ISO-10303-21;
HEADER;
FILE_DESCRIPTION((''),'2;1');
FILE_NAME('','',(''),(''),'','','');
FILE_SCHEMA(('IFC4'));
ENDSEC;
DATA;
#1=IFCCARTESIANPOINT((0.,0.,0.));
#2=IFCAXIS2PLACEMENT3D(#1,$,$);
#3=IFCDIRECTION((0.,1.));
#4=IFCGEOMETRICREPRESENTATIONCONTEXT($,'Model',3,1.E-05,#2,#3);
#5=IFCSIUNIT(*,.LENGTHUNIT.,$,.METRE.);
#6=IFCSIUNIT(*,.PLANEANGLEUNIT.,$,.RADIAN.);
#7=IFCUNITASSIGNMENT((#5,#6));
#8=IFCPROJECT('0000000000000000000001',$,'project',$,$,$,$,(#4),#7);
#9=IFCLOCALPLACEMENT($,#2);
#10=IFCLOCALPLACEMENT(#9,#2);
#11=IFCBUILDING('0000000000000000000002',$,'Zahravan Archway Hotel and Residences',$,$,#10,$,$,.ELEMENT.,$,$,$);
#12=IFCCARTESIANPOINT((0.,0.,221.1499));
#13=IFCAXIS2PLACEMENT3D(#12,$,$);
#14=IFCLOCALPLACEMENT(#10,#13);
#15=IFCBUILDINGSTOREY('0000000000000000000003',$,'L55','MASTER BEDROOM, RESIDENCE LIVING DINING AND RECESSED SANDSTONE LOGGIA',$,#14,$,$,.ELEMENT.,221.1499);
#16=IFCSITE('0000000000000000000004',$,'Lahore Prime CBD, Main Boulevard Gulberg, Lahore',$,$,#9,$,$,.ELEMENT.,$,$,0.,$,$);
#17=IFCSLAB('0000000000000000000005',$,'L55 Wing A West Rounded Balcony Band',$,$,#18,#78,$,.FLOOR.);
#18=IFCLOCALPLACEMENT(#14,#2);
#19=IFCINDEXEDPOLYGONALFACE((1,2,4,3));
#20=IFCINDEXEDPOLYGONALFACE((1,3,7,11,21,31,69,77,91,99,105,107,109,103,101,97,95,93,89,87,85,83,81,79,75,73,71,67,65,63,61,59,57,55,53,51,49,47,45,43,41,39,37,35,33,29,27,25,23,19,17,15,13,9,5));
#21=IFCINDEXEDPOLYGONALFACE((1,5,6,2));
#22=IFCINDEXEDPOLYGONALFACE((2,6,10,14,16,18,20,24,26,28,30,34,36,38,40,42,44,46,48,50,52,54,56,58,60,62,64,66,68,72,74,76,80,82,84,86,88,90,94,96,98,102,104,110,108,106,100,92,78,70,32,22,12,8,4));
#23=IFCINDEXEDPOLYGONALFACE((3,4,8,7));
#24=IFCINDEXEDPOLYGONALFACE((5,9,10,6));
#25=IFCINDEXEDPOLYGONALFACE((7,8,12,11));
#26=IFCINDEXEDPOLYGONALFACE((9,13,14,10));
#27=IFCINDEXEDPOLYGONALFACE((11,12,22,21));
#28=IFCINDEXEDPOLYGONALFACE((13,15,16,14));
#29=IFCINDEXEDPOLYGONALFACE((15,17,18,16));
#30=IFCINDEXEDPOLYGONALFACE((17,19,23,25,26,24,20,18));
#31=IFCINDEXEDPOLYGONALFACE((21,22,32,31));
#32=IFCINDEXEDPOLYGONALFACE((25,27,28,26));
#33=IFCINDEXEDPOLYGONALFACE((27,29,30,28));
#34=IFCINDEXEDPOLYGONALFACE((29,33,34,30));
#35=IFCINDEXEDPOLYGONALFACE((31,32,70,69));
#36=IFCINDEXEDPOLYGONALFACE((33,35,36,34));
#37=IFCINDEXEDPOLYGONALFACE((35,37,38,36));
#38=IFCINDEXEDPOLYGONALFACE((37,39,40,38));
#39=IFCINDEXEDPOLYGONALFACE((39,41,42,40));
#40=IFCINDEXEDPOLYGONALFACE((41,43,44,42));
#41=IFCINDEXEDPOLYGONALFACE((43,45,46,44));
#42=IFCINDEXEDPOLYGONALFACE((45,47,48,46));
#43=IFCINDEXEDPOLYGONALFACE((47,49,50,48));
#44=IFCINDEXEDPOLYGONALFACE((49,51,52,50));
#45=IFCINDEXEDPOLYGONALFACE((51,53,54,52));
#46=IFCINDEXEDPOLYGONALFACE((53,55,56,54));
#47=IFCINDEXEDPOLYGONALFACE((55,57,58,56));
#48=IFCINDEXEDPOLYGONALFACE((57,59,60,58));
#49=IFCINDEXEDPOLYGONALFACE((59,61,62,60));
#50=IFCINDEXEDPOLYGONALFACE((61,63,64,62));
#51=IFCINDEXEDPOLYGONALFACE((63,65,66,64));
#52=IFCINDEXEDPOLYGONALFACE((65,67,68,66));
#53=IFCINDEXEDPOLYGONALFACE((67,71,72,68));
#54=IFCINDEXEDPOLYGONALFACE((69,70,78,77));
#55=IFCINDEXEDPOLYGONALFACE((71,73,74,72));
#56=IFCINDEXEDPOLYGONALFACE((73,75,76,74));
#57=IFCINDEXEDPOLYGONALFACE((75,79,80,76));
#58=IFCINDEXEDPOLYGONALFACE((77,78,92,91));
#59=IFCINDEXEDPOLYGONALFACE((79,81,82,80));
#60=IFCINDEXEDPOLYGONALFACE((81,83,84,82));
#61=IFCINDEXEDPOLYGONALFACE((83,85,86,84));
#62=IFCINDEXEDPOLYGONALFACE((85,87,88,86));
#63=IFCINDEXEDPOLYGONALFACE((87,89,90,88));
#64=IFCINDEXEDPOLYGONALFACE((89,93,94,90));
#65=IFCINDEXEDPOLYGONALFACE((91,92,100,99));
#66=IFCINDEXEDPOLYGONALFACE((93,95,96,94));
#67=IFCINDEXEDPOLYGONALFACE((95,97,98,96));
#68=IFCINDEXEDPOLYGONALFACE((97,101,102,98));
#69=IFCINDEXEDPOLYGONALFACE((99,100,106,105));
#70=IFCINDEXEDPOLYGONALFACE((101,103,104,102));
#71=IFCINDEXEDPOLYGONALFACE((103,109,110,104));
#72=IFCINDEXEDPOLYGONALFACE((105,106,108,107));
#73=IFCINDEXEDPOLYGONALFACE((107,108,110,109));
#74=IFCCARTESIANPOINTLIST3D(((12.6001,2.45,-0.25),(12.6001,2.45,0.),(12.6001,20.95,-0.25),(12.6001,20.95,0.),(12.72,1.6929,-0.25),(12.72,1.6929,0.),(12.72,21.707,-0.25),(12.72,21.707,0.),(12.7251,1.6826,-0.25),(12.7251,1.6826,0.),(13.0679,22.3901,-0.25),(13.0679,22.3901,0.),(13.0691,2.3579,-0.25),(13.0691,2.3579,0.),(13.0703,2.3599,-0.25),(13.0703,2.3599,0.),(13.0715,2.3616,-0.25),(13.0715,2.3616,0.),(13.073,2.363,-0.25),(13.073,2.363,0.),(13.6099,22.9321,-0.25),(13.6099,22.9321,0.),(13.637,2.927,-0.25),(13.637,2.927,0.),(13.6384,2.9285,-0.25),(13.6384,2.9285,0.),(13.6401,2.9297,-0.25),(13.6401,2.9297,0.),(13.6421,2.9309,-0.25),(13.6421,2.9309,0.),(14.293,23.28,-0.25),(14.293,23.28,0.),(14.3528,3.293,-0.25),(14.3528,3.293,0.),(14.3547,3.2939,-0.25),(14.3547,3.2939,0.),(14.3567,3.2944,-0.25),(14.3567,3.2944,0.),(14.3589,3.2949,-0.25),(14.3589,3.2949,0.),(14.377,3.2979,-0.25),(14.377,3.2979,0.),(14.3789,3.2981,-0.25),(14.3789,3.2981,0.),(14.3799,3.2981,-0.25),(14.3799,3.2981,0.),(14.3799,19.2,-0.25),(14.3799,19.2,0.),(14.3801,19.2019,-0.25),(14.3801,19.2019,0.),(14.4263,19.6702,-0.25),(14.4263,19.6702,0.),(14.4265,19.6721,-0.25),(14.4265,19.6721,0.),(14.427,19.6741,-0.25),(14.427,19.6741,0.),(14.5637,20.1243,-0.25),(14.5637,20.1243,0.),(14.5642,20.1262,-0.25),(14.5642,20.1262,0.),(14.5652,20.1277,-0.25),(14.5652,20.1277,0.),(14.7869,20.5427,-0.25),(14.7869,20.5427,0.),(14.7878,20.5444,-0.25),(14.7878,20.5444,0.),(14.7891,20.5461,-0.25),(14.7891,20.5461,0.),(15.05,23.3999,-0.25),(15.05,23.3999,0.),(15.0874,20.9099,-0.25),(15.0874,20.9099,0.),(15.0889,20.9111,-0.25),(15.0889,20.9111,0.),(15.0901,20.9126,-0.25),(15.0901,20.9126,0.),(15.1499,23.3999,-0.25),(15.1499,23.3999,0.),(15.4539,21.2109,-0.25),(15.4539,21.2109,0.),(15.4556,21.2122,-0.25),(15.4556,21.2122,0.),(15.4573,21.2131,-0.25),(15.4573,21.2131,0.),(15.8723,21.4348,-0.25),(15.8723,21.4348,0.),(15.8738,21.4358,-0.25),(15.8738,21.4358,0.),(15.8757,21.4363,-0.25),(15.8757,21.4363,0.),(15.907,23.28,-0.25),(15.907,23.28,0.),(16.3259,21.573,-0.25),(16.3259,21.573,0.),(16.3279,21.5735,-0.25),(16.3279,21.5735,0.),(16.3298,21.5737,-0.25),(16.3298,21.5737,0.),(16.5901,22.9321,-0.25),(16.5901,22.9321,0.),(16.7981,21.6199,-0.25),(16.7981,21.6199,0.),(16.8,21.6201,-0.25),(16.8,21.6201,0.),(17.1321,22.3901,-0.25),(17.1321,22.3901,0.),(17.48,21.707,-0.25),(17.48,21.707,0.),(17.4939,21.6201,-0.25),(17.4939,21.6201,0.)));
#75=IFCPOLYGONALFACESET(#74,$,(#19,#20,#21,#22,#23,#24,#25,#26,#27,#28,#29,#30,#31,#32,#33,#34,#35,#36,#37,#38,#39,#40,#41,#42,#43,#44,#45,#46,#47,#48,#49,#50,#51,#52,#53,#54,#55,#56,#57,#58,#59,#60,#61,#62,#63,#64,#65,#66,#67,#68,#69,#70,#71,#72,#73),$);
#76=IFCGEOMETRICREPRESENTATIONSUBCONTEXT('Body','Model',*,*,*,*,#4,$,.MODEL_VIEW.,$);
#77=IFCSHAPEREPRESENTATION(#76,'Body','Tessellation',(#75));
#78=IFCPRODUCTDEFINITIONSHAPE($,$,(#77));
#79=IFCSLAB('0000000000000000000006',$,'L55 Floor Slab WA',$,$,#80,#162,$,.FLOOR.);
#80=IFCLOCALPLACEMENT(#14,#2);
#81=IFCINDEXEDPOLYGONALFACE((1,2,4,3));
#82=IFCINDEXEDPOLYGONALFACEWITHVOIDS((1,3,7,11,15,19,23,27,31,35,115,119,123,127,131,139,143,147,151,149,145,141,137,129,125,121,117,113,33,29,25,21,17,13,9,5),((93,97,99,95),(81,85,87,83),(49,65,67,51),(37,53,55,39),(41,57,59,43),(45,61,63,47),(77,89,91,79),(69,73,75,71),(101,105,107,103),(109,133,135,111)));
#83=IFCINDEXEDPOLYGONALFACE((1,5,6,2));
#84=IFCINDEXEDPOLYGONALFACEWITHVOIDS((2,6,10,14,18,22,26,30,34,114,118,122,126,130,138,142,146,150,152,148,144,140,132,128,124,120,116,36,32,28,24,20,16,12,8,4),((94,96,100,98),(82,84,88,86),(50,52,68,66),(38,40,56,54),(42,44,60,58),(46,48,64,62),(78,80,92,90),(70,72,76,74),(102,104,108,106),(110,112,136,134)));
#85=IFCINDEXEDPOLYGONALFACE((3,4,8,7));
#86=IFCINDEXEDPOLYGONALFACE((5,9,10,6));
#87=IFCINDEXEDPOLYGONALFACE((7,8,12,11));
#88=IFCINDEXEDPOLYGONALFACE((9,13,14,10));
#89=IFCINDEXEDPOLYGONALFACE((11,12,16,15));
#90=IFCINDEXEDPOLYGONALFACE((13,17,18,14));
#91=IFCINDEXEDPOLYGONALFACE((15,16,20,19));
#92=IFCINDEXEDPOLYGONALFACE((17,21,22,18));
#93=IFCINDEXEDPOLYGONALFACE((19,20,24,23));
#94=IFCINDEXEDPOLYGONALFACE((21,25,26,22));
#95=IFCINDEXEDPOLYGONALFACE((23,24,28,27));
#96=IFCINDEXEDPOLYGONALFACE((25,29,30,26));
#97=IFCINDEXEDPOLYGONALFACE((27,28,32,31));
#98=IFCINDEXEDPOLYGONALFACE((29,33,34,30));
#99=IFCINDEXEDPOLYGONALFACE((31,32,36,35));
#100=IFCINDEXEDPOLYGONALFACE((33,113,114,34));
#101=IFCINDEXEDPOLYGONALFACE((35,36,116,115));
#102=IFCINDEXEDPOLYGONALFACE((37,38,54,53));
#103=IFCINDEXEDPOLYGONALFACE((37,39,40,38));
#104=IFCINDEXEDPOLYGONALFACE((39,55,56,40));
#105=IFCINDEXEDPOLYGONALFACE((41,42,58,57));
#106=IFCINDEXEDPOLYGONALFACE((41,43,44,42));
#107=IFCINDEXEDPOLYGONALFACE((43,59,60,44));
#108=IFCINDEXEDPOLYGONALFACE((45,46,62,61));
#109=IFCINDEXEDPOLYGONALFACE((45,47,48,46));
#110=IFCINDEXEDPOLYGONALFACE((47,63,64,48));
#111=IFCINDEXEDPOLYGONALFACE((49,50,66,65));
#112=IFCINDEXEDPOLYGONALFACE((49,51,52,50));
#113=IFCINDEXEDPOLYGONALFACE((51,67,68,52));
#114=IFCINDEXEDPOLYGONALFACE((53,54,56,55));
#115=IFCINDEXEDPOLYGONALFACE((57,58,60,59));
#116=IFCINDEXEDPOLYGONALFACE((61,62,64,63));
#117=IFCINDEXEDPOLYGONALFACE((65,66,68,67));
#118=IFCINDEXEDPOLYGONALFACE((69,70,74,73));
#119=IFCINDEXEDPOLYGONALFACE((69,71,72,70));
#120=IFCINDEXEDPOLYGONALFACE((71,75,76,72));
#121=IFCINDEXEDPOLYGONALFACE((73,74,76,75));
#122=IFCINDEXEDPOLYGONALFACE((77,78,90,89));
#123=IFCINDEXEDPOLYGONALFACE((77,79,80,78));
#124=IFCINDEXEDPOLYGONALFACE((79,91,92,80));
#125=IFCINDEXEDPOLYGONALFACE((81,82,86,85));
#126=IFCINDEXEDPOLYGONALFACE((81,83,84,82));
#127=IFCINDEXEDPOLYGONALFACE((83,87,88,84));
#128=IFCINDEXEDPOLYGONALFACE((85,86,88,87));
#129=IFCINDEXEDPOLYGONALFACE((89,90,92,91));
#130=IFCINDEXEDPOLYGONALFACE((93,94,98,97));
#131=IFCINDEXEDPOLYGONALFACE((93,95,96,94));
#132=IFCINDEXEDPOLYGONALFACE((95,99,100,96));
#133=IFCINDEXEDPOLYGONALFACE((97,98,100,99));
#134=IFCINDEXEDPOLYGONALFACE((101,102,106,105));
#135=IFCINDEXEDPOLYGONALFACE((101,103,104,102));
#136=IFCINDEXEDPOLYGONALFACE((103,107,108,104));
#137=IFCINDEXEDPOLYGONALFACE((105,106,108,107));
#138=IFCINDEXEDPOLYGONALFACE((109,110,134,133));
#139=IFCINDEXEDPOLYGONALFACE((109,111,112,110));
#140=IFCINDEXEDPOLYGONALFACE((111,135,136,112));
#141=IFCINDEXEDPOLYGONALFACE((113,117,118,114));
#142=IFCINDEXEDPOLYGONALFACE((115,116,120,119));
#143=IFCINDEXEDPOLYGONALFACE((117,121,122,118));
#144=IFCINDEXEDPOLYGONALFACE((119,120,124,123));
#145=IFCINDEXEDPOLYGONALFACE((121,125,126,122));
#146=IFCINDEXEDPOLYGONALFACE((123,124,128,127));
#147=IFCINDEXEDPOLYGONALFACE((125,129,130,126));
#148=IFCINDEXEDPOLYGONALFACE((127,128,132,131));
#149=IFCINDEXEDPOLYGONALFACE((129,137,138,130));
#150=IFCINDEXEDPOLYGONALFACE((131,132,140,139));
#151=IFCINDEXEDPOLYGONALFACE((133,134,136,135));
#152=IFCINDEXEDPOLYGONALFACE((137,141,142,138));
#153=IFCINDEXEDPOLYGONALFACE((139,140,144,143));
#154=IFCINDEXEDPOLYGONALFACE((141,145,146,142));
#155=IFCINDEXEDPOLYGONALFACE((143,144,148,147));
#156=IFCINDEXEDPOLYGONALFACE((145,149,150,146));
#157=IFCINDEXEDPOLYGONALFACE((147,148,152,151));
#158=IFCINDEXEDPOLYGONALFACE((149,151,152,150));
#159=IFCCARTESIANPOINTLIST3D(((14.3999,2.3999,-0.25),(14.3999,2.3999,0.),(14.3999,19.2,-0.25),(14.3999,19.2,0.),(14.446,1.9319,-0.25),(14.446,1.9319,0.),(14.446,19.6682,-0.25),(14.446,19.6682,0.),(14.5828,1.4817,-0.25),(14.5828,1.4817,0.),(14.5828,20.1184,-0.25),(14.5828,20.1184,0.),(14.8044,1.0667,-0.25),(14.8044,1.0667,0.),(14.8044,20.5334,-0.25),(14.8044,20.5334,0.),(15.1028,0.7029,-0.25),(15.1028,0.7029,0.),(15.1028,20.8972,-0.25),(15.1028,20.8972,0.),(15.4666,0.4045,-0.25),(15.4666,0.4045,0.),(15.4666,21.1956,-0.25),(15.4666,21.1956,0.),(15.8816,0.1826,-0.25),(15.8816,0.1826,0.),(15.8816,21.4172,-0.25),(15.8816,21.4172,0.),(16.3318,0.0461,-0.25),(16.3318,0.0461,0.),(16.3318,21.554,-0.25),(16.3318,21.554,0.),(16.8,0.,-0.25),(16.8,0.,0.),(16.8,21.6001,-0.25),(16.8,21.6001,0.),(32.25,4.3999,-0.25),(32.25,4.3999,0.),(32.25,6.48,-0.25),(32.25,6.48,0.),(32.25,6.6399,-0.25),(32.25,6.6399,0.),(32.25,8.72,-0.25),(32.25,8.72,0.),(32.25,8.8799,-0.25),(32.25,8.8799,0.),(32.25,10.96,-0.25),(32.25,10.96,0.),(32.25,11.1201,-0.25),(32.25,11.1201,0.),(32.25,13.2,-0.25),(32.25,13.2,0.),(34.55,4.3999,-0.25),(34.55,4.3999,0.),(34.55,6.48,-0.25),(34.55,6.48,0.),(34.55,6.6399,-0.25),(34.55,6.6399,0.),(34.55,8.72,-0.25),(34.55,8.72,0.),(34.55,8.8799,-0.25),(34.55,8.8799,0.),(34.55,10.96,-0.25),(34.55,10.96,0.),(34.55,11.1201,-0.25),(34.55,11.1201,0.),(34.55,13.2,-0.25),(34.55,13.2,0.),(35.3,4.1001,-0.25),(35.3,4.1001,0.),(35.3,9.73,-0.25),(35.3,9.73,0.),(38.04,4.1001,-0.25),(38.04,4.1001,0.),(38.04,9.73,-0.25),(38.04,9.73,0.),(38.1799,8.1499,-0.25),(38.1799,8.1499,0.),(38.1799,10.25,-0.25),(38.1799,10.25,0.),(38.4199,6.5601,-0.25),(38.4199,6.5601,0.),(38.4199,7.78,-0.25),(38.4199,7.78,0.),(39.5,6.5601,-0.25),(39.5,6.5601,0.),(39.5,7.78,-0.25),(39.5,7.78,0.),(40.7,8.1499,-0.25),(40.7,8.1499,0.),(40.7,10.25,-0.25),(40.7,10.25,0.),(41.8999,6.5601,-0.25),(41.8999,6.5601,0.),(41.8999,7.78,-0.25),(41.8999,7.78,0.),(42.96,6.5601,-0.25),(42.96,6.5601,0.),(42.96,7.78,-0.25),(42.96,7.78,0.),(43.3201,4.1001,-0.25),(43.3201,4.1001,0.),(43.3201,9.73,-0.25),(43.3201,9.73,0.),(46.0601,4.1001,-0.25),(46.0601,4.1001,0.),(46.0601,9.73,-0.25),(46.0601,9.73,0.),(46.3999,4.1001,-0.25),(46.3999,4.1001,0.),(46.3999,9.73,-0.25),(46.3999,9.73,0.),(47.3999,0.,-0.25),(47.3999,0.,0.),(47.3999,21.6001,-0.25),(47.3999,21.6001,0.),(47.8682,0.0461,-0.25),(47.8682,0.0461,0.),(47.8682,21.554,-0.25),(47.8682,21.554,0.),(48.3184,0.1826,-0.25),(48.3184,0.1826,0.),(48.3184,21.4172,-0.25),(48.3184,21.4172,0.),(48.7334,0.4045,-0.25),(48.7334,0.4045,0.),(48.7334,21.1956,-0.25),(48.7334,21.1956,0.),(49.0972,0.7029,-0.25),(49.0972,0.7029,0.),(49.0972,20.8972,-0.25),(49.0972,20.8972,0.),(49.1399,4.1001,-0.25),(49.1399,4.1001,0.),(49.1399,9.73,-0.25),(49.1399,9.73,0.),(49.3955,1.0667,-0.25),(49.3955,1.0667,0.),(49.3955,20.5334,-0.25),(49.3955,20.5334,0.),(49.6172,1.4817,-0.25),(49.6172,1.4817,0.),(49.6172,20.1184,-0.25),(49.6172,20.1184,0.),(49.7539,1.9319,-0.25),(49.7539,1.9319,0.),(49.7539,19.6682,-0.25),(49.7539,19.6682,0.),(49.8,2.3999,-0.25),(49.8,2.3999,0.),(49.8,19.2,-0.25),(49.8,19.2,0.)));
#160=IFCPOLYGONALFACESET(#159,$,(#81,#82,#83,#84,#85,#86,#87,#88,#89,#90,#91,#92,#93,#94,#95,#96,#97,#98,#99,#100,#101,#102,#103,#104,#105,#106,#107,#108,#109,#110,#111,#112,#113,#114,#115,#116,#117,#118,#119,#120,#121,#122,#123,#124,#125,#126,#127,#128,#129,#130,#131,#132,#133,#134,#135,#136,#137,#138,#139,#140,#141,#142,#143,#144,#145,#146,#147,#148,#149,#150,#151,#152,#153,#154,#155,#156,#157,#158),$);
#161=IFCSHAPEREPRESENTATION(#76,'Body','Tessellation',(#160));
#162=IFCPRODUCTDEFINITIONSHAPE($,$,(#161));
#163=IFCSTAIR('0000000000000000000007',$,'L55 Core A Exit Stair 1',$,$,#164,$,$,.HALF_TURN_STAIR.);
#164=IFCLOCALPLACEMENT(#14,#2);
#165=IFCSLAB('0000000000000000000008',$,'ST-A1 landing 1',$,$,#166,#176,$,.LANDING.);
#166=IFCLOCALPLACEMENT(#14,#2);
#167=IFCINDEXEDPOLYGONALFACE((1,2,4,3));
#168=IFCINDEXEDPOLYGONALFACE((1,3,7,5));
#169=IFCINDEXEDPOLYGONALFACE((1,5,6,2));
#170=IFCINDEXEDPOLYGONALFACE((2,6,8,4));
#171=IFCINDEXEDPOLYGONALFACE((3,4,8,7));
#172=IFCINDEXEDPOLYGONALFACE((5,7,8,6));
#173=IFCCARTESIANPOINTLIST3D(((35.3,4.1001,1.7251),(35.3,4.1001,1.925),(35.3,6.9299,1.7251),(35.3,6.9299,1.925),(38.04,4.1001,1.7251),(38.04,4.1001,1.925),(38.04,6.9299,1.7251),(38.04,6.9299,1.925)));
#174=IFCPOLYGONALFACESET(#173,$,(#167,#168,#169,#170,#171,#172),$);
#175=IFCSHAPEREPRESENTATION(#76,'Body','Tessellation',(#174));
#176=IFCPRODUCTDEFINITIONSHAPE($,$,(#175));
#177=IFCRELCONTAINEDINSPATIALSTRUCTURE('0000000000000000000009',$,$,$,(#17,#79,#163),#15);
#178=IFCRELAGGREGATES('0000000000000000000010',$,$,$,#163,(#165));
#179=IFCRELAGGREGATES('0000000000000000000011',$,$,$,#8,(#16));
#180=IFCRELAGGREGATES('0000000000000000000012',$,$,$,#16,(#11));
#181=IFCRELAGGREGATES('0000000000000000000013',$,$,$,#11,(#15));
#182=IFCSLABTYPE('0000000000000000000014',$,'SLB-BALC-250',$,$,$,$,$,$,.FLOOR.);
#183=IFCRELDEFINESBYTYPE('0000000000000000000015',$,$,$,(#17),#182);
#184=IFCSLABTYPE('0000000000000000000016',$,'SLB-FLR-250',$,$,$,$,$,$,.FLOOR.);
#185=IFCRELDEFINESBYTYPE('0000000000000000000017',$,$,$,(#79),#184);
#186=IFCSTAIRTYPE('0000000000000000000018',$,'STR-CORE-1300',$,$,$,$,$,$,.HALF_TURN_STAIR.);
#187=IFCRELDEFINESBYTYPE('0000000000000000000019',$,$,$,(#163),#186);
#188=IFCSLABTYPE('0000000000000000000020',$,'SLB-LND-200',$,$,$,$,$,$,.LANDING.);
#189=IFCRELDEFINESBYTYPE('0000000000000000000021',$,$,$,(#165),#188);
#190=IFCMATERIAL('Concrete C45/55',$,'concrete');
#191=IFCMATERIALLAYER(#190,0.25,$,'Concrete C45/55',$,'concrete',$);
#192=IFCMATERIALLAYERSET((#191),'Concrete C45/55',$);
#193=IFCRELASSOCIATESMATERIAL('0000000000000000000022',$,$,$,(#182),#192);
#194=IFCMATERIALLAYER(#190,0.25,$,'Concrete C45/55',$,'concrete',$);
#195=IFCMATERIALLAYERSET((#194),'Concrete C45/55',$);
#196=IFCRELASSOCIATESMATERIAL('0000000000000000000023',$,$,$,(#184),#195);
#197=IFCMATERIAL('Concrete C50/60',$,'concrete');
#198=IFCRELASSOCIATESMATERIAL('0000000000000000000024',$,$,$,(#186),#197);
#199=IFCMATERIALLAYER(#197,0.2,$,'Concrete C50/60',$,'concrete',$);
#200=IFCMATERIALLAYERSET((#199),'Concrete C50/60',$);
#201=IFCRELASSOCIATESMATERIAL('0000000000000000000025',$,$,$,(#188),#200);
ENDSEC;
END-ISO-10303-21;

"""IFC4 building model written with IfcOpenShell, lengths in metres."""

from ifc_helpers import new_model, si_unit, direction, frame, origin, place, context, subcontext, project, spatial, polyline, outline, extrude, material, layer, layer_set, type_object, element, aggregate, save


model = new_model("IFC4")

# Units and contexts
model_context = context("Model", 3, precision=1e-05, world=origin(), true_north=direction((0.0, 1.0)))
body_context = subcontext(model_context, "Body", "Model", "MODEL_VIEW")
ifc_project = project(units=[si_unit("LENGTHUNIT", "METRE"), si_unit("PLANEANGLEUNIT", "RADIAN")], contexts=[model_context])

# Site, building, storey
site_placement = place(None, origin())
site = spatial("IfcSite", under=ifc_project, at=site_placement, Name="Lahore Prime CBD, Main Boulevard Gulberg, Lahore", CompositionType="ELEMENT", RefElevation=0.0)
building_placement = place(site_placement, origin())
building = spatial("IfcBuilding", under=site, at=building_placement, Name="Zahravan Archway Hotel and Residences", CompositionType="ELEMENT")
storey_placement = place(building_placement, frame((0.0, 0.0, 221.1499)))
storey = spatial("IfcBuildingStorey", under=building, at=storey_placement, Name="L55", Description="MASTER BEDROOM, RESIDENCE LIVING DINING AND RECESSED SANDSTONE LOGGIA", CompositionType="ELEMENT", Elevation=221.1499)

# Slabs
ifc_material_1 = material(Name="Concrete C45/55", Category="concrete")
ifc_layer_1 = layer(ifc_material_1, 0.25, Name="Concrete C45/55", Category="concrete")
ifc_layer_set_1 = layer_set([ifc_layer_1], Name="Concrete C45/55")
slab_type_1 = type_object("IfcSlabType", Name="SLB-BALC-250", PredefinedType="FLOOR", material=ifc_layer_set_1)
slab_1_placement = place(storey_placement, frame((0.0, 0.0, -0.25)))
element("IfcSlab", 1, at=slab_1_placement, inside=storey, type_object=slab_type_1, Name="L55 Wing A West Rounded Balcony Band", PredefinedType="FLOOR", context=body_context, shape_type="SweptSolid", body=[
    extrude(outline(polyline([(12.72, 1.6929), (12.6001, 2.45), (12.6001, 20.95), (12.72, 21.707), (13.0679, 22.3901), (13.6099, 22.9321), (14.293, 23.28), (15.05, 23.3999), (15.1499, 23.3999), (15.907, 23.28), (16.5901, 22.9321), (17.1321, 22.3901), (17.48, 21.707), (17.4939, 21.6201), (16.8, 21.6201), (16.7981, 21.6199), (16.3298, 21.5737), (16.3279, 21.5735), (16.3259, 21.573), (15.8757, 21.4363), (15.8738, 21.4358), (15.8723, 21.4348), (15.4573, 21.2131), (15.4556, 21.2122), (15.4539, 21.2109), (15.0901, 20.9126), (15.0889, 20.9111), (15.0874, 20.9099), (14.7891, 20.5461), (14.7878, 20.5444), (14.7869, 20.5427), (14.5652, 20.1277), (14.5642, 20.1262), (14.5637, 20.1243), (14.427, 19.6741), (14.4265, 19.6721), (14.4263, 19.6702), (14.3801, 19.2019), (14.3799, 19.2), (14.3799, 3.2981), (14.3789, 3.2981), (14.377, 3.2979), (14.3589, 3.2949), (14.3567, 3.2944), (14.3547, 3.2939), (14.3528, 3.293), (13.6421, 2.9309), (13.6401, 2.9297), (13.6384, 2.9285), (13.637, 2.927), (13.073, 2.363), (13.0715, 2.3616), (13.0703, 2.3599), (13.0691, 2.3579), (12.7251, 1.6826), (12.72, 1.6929)])), origin(), (0.0, 0.0, 1.0), 0.25),
])
ifc_layer_2 = layer(ifc_material_1, 0.25, Name="Concrete C45/55", Category="concrete")
ifc_layer_set_2 = layer_set([ifc_layer_2], Name="Concrete C45/55")
slab_type_2 = type_object("IfcSlabType", Name="SLB-FLR-250", PredefinedType="FLOOR", material=ifc_layer_set_2)
slab_2_placement = place(storey_placement, frame((0.0, 0.0, -0.25)))
element("IfcSlab", 2, at=slab_2_placement, inside=storey, type_object=slab_type_2, Name="L55 Floor Slab WA", PredefinedType="FLOOR", context=body_context, shape_type="SweptSolid", body=[
    extrude(outline(polyline([(47.3999, 0.0), (47.8682, 0.0461), (48.3184, 0.1826), (48.7334, 0.4045), (49.0972, 0.7029), (49.3955, 1.0667), (49.6172, 1.4817), (49.7539, 1.9319), (49.8, 2.3999), (49.8, 19.2), (49.7539, 19.6682), (49.6172, 20.1184), (49.3955, 20.5334), (49.0972, 20.8972), (48.7334, 21.1956), (48.3184, 21.4172), (47.8682, 21.554), (47.3999, 21.6001), (16.8, 21.6001), (16.3318, 21.554), (15.8816, 21.4172), (15.4666, 21.1956), (15.1028, 20.8972), (14.8044, 20.5334), (14.5828, 20.1184), (14.446, 19.6682), (14.3999, 19.2), (14.3999, 2.3999), (14.446, 1.9319), (14.5828, 1.4817), (14.8044, 1.0667), (15.1028, 0.7029), (15.4666, 0.4045), (15.8816, 0.1826), (16.3318, 0.0461), (16.8, 0.0), (47.3999, 0.0)]), holes=[polyline([(35.3, 9.73), (35.3, 4.1001), (38.04, 4.1001), (38.04, 9.73), (35.3, 9.73)]), polyline([(43.3201, 9.73), (43.3201, 4.1001), (46.0601, 4.1001), (46.0601, 9.73), (43.3201, 9.73)]), polyline([(46.3999, 9.73), (46.3999, 4.1001), (49.1399, 4.1001), (49.1399, 9.73), (46.3999, 9.73)]), polyline([(38.1799, 8.1499), (40.7, 8.1499), (40.7, 10.25), (38.1799, 10.25), (38.1799, 8.1499)]), polyline([(32.25, 4.3999), (34.55, 4.3999), (34.55, 6.48), (32.25, 6.48), (32.25, 4.3999)]), polyline([(32.25, 6.6399), (34.55, 6.6399), (34.55, 8.72), (32.25, 8.72), (32.25, 6.6399)]), polyline([(32.25, 8.8799), (34.55, 8.8799), (34.55, 10.96), (32.25, 10.96), (32.25, 8.8799)]), polyline([(32.25, 11.1201), (34.55, 11.1201), (34.55, 13.2), (32.25, 13.2), (32.25, 11.1201)]), polyline([(38.4199, 6.5601), (39.5, 6.5601), (39.5, 7.78), (38.4199, 7.78), (38.4199, 6.5601)]), polyline([(41.8999, 6.5601), (42.96, 6.5601), (42.96, 7.78), (41.8999, 7.78), (41.8999, 6.5601)])]), origin(), (0.0, 0.0, 1.0), 0.25),
])

# Stair, slab
ifc_material_2 = material(Name="Concrete C50/60", Category="concrete")
stair_type = type_object("IfcStairType", Name="STR-CORE-1300", PredefinedType="HALF_TURN_STAIR", material=ifc_material_2)
stair_1_placement = place(storey_placement, origin())
stair_1 = element("IfcStair", 3, at=stair_1_placement, inside=storey, type_object=stair_type, Name="L55 Core A Exit Stair 1", PredefinedType="HALF_TURN_STAIR")
ifc_layer_3 = layer(ifc_material_2, 0.2, Name="Concrete C50/60", Category="concrete")
ifc_layer_set_3 = layer_set([ifc_layer_3], Name="Concrete C50/60")
slab_type_3 = type_object("IfcSlabType", Name="SLB-LND-200", PredefinedType="LANDING", material=ifc_layer_set_3)
slab_3_placement = place(storey_placement, frame((0.0, 0.0, 1.7251)))
slab_3 = element("IfcSlab", 4, at=slab_3_placement, type_object=slab_type_3, Name="ST-A1 landing 1", PredefinedType="LANDING", context=body_context, shape_type="SweptSolid", body=[
    extrude(outline(polyline([(35.3, 6.9299), (35.3, 4.1001), (38.04, 4.1001), (38.04, 6.9299), (35.3, 6.9299)])), origin(), (0.0, 0.0, 1.0), 0.2),
])
aggregate(stair_1, [slab_3])

save(model, "model.ifc")
